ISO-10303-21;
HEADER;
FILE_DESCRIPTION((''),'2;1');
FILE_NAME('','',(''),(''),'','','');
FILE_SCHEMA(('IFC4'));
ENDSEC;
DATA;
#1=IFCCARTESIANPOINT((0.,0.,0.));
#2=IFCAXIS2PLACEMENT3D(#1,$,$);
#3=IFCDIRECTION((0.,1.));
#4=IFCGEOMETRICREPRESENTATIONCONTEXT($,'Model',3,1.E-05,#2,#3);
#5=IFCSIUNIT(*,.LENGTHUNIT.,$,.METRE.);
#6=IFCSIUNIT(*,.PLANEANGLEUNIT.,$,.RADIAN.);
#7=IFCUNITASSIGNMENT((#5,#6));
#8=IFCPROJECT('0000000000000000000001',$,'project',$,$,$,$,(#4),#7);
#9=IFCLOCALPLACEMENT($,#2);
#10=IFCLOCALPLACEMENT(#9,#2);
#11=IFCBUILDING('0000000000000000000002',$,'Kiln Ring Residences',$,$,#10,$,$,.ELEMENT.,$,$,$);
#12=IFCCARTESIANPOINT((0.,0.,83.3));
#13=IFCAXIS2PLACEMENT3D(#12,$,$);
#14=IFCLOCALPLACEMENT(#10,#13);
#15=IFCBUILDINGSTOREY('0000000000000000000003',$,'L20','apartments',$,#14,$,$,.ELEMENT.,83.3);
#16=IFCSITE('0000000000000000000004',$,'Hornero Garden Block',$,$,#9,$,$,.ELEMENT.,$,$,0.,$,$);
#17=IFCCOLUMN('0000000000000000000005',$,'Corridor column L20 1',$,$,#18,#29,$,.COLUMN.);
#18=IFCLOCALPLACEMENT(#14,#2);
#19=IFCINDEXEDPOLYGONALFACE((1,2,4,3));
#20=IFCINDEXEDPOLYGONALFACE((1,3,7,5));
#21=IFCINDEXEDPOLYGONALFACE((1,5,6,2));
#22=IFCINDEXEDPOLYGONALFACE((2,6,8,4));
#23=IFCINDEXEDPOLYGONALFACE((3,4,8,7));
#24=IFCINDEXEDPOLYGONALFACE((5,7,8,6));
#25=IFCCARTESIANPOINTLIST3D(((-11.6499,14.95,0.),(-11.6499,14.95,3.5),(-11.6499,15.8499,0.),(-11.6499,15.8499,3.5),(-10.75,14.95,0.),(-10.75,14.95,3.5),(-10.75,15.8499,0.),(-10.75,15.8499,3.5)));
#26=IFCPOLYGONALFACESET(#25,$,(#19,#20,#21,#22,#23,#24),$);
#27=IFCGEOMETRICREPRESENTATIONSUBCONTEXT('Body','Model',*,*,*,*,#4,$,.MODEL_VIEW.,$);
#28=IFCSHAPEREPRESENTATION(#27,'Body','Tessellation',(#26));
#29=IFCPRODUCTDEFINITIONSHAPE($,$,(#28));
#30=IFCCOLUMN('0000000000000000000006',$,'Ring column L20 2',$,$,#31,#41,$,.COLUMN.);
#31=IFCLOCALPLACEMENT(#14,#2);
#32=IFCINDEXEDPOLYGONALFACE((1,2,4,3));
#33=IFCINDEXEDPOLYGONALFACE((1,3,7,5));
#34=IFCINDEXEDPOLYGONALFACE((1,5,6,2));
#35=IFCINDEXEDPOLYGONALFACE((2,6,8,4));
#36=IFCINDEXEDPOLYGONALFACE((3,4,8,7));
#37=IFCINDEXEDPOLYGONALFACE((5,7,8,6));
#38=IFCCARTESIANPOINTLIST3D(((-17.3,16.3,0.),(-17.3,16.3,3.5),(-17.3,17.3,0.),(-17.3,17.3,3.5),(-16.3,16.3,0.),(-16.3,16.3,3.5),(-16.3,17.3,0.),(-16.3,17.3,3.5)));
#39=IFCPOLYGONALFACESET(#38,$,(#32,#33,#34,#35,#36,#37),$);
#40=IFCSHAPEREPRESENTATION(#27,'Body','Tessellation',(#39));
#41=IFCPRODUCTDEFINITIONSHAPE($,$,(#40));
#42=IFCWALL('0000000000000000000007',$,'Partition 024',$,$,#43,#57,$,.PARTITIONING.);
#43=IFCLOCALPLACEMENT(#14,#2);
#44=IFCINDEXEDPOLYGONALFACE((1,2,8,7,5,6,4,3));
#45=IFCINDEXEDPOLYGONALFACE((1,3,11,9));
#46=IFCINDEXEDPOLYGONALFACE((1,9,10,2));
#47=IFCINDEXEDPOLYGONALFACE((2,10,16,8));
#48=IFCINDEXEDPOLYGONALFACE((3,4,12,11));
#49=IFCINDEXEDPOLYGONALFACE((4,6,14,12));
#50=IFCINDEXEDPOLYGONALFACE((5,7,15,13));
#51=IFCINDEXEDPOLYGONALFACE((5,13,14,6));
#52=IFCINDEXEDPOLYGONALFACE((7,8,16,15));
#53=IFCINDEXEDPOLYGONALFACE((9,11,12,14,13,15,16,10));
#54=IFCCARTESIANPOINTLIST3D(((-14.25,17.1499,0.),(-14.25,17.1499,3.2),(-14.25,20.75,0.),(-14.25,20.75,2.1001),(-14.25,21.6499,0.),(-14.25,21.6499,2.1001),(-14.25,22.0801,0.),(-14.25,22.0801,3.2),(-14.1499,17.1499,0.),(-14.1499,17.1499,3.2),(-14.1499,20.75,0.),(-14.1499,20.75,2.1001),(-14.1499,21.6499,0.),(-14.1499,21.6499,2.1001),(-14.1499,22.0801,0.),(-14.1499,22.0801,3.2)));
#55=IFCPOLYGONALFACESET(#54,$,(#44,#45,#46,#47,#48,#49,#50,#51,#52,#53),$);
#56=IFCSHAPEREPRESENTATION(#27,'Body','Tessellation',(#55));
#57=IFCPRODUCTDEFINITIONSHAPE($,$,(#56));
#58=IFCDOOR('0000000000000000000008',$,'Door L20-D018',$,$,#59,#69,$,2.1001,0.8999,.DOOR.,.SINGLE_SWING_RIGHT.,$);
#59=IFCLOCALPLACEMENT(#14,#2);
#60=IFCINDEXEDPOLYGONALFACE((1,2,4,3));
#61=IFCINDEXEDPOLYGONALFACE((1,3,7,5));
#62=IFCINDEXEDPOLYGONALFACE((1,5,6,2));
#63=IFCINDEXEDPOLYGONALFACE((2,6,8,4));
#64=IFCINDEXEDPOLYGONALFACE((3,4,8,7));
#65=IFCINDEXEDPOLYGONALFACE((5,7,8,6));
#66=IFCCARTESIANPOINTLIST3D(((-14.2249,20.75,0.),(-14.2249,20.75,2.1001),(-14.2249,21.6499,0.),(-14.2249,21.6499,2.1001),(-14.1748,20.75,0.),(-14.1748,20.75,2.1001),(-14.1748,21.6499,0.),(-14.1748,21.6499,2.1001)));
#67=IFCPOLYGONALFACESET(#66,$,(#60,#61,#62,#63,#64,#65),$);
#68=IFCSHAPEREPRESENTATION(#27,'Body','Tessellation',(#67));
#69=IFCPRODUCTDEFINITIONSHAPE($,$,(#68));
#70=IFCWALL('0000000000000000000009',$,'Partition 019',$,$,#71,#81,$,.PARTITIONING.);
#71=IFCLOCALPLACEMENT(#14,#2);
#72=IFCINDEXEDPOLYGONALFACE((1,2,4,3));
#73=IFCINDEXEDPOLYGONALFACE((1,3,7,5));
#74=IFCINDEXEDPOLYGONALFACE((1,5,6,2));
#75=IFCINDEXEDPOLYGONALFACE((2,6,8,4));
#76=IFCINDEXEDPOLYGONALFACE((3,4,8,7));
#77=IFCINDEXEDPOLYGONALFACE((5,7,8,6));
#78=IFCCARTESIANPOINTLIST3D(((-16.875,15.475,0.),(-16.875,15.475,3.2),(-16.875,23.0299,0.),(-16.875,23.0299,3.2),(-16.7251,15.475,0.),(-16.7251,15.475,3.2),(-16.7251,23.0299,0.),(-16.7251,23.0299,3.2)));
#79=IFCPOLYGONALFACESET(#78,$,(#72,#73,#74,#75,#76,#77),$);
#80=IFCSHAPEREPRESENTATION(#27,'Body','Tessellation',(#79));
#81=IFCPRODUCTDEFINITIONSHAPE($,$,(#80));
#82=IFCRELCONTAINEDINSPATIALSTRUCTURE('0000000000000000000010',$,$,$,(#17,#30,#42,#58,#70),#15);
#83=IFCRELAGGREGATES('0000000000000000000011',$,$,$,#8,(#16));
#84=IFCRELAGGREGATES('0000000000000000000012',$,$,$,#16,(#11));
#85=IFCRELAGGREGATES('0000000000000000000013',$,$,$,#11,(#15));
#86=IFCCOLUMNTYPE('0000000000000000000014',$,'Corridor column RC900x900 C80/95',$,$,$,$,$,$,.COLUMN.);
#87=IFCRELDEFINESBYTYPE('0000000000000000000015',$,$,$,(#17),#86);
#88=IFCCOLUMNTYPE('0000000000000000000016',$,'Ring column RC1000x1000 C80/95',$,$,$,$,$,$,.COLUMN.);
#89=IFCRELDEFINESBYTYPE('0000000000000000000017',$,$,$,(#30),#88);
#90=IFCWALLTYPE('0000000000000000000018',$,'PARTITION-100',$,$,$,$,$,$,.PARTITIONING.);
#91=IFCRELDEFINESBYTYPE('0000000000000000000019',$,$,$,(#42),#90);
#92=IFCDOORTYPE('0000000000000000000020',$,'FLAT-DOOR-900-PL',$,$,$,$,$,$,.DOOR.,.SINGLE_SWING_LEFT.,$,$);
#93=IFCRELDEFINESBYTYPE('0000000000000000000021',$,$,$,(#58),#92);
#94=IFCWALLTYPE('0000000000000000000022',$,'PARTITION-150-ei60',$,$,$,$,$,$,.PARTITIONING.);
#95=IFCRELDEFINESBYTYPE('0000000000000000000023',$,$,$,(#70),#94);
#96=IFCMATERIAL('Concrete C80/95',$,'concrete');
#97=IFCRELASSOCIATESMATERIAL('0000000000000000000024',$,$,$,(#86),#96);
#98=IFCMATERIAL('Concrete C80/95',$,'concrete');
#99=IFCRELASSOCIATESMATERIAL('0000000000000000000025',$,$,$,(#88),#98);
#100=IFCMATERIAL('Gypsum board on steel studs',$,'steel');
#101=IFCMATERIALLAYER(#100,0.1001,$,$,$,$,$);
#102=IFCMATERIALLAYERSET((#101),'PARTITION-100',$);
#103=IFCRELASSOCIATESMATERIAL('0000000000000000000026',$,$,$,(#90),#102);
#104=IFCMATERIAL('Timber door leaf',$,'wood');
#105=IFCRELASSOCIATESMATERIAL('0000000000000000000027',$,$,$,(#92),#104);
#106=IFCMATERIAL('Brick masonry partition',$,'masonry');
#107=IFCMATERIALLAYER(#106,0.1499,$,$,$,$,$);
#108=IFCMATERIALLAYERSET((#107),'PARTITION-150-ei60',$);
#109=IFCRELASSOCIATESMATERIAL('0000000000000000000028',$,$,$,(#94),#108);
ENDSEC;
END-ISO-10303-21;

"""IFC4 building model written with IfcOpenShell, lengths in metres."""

from ifc_helpers import new_model, si_unit, direction, frame, frame_2d, origin, origin_2d, place, context, subcontext, project, spatial, rectangle, extrude, material, layer, layer_set, material_profile, profile_set, type_object, element, fill, save


model = new_model("IFC4")

# Units and contexts
model_context = context("Model", 3, precision=1e-05, world=origin(), true_north=direction((0.0, 1.0)))
body_context = subcontext(model_context, "Body", "Model", "MODEL_VIEW")
ifc_project = project(units=[si_unit("LENGTHUNIT", "METRE"), si_unit("PLANEANGLEUNIT", "RADIAN")], contexts=[model_context])

# Site, building, storey
site_placement = place(None, origin())
site = spatial("IfcSite", under=ifc_project, at=site_placement, Name="Hornero Garden Block", CompositionType="ELEMENT", RefElevation=0.0)
building_placement = place(site_placement, origin())
building = spatial("IfcBuilding", under=site, at=building_placement, Name="Kiln Ring Residences", CompositionType="ELEMENT")
storey_placement = place(building_placement, frame((0.0, 0.0, 83.3)))
storey = spatial("IfcBuildingStorey", under=building, at=storey_placement, Name="L20", Description="apartments", CompositionType="ELEMENT", Elevation=83.3)

# Columns
ifc_material_1 = material(Name="Concrete C80/95", Category="concrete")
ifc_material_profile_1 = material_profile(ifc_material_1, rectangle(XDim=0.8999, YDim=0.8999, at=origin_2d()), Name="RC900x900")
ifc_profile_set_1 = profile_set([ifc_material_profile_1], Name="Concrete C80/95")
column_type_1 = type_object("IfcColumnType", Name="Corridor column RC900x900 C80/95", PredefinedType="COLUMN", material=ifc_profile_set_1)
column_1_placement = place(storey_placement, frame((-11.2, 15.3999, 0.0), z_axis=(0.0, 0.0, 1.0), x_axis=(1.0, 0.0, 0.0)))
element("IfcColumn", 1, at=column_1_placement, inside=storey, type_object=column_type_1, Name="Corridor column L20 1", PredefinedType="COLUMN", context=body_context, shape_type="SweptSolid", body=[
    extrude(rectangle(XDim=0.8999, YDim=0.8999, at=origin_2d()), origin(), (0.0, 0.0, 1.0), 3.5),
])
ifc_material_2 = material(Name="Concrete C80/95", Category="concrete")
ifc_material_profile_2 = material_profile(ifc_material_2, rectangle(XDim=1.0, YDim=1.0, at=origin_2d()), Name="RC1000x1000")
ifc_profile_set_2 = profile_set([ifc_material_profile_2], Name="Concrete C80/95")
column_type_2 = type_object("IfcColumnType", Name="Ring column RC1000x1000 C80/95", PredefinedType="COLUMN", material=ifc_profile_set_2)
column_2_placement = place(storey_placement, frame((-16.8, 16.8, 0.0), z_axis=(0.0, 0.0, 1.0), x_axis=(1.0, 0.0, 0.0)))
element("IfcColumn", 2, at=column_2_placement, inside=storey, type_object=column_type_2, Name="Ring column L20 2", PredefinedType="COLUMN", context=body_context, shape_type="SweptSolid", body=[
    extrude(rectangle(XDim=1.0, YDim=1.0, at=origin_2d()), origin(), (0.0, 0.0, 1.0), 3.5),
])

# Shared definitions
ifc_material_3 = material(Name="Gypsum board on steel studs", Category="steel")
ifc_layer_1 = layer(ifc_material_3, 0.1001)
ifc_layer_set_1 = layer_set([ifc_layer_1], Name="PARTITION-100")
wall_type_1 = type_object("IfcWallType", Name="PARTITION-100", PredefinedType="PARTITIONING", material=ifc_layer_set_1)
ifc_material_4 = material(Name="Timber door leaf", Category="wood")
door_type_1 = type_object("IfcDoorType", Name="FLAT-DOOR-900-PL", OperationType="SINGLE_SWING_LEFT", PredefinedType="DOOR", material=ifc_material_4)

# Wall, opening, door
wall_1_placement = place(storey_placement, frame((-14.2, 17.1499, 0.0), z_axis=(0.0, 0.0, 1.0), x_axis=(0.0, 1.0, 0.0)))
wall_1 = element("IfcWall", 3, at=wall_1_placement, inside=storey, type_object=wall_type_1, Name="Partition 024", PredefinedType="PARTITIONING", context=body_context, shape_type="SweptSolid", body=[
    extrude(rectangle(XDim=4.9302, YDim=0.1001, at=frame_2d((2.4651, 0.0))), origin(), (0.0, 0.0, 1.0), 3.2),
])
opening_1_placement = place(wall_1_placement, frame((3.6001, 0.0, 0.0)))
opening_1 = element("IfcOpeningElement", 4, at=opening_1_placement, cuts=wall_1, PredefinedType="OPENING", context=body_context, shape_type="SweptSolid", body=[
    extrude(rectangle(XDim=0.8999, YDim=2.1001, at=frame_2d((0.45, 1.05))), frame((0.0, 0.0601, 0.0), z_axis=(0.0, -1.0, 0.0), x_axis=(1.0, 0.0, 0.0)), (0.0, 0.0, 1.0), 0.1201),
])
door_1_placement = place(opening_1_placement, origin())
door_1 = element("IfcDoor", 5, at=door_1_placement, inside=storey, type_object=door_type_1, Name="Door L20-D018", OperationType="SINGLE_SWING_RIGHT", OverallHeight=2.1001, OverallWidth=0.8999, PredefinedType="DOOR", context=body_context, shape_type="SweptSolid", body=[
    extrude(rectangle(XDim=0.8999, YDim=2.1001, at=frame_2d((0.45, 1.05))), frame((0.0, 0.0249, 0.0), z_axis=(0.0, -1.0, 0.0), x_axis=(1.0, 0.0, 0.0)), (0.0, 0.0, 1.0), 0.05),
])
fill(opening_1, door_1)

# Wall
ifc_material_5 = material(Name="Brick masonry partition", Category="masonry")
ifc_layer_2 = layer(ifc_material_5, 0.1499)
ifc_layer_set_2 = layer_set([ifc_layer_2], Name="PARTITION-150-ei60")
wall_type_2 = type_object("IfcWallType", Name="PARTITION-150-ei60", PredefinedType="PARTITIONING", material=ifc_layer_set_2)
wall_2_placement = place(storey_placement, frame((-16.8, 15.4751, 0.0), z_axis=(0.0, 0.0, 1.0), x_axis=(0.0, 1.0, 0.0)))
element("IfcWall", 6, at=wall_2_placement, inside=storey, type_object=wall_type_2, Name="Partition 019", PredefinedType="PARTITIONING", context=body_context, shape_type="SweptSolid", body=[
    extrude(rectangle(XDim=7.5549, YDim=0.1499, at=frame_2d((3.7773, 0.0))), origin(), (0.0, 0.0, 1.0), 3.2),
])

save(model, "model.ifc")
